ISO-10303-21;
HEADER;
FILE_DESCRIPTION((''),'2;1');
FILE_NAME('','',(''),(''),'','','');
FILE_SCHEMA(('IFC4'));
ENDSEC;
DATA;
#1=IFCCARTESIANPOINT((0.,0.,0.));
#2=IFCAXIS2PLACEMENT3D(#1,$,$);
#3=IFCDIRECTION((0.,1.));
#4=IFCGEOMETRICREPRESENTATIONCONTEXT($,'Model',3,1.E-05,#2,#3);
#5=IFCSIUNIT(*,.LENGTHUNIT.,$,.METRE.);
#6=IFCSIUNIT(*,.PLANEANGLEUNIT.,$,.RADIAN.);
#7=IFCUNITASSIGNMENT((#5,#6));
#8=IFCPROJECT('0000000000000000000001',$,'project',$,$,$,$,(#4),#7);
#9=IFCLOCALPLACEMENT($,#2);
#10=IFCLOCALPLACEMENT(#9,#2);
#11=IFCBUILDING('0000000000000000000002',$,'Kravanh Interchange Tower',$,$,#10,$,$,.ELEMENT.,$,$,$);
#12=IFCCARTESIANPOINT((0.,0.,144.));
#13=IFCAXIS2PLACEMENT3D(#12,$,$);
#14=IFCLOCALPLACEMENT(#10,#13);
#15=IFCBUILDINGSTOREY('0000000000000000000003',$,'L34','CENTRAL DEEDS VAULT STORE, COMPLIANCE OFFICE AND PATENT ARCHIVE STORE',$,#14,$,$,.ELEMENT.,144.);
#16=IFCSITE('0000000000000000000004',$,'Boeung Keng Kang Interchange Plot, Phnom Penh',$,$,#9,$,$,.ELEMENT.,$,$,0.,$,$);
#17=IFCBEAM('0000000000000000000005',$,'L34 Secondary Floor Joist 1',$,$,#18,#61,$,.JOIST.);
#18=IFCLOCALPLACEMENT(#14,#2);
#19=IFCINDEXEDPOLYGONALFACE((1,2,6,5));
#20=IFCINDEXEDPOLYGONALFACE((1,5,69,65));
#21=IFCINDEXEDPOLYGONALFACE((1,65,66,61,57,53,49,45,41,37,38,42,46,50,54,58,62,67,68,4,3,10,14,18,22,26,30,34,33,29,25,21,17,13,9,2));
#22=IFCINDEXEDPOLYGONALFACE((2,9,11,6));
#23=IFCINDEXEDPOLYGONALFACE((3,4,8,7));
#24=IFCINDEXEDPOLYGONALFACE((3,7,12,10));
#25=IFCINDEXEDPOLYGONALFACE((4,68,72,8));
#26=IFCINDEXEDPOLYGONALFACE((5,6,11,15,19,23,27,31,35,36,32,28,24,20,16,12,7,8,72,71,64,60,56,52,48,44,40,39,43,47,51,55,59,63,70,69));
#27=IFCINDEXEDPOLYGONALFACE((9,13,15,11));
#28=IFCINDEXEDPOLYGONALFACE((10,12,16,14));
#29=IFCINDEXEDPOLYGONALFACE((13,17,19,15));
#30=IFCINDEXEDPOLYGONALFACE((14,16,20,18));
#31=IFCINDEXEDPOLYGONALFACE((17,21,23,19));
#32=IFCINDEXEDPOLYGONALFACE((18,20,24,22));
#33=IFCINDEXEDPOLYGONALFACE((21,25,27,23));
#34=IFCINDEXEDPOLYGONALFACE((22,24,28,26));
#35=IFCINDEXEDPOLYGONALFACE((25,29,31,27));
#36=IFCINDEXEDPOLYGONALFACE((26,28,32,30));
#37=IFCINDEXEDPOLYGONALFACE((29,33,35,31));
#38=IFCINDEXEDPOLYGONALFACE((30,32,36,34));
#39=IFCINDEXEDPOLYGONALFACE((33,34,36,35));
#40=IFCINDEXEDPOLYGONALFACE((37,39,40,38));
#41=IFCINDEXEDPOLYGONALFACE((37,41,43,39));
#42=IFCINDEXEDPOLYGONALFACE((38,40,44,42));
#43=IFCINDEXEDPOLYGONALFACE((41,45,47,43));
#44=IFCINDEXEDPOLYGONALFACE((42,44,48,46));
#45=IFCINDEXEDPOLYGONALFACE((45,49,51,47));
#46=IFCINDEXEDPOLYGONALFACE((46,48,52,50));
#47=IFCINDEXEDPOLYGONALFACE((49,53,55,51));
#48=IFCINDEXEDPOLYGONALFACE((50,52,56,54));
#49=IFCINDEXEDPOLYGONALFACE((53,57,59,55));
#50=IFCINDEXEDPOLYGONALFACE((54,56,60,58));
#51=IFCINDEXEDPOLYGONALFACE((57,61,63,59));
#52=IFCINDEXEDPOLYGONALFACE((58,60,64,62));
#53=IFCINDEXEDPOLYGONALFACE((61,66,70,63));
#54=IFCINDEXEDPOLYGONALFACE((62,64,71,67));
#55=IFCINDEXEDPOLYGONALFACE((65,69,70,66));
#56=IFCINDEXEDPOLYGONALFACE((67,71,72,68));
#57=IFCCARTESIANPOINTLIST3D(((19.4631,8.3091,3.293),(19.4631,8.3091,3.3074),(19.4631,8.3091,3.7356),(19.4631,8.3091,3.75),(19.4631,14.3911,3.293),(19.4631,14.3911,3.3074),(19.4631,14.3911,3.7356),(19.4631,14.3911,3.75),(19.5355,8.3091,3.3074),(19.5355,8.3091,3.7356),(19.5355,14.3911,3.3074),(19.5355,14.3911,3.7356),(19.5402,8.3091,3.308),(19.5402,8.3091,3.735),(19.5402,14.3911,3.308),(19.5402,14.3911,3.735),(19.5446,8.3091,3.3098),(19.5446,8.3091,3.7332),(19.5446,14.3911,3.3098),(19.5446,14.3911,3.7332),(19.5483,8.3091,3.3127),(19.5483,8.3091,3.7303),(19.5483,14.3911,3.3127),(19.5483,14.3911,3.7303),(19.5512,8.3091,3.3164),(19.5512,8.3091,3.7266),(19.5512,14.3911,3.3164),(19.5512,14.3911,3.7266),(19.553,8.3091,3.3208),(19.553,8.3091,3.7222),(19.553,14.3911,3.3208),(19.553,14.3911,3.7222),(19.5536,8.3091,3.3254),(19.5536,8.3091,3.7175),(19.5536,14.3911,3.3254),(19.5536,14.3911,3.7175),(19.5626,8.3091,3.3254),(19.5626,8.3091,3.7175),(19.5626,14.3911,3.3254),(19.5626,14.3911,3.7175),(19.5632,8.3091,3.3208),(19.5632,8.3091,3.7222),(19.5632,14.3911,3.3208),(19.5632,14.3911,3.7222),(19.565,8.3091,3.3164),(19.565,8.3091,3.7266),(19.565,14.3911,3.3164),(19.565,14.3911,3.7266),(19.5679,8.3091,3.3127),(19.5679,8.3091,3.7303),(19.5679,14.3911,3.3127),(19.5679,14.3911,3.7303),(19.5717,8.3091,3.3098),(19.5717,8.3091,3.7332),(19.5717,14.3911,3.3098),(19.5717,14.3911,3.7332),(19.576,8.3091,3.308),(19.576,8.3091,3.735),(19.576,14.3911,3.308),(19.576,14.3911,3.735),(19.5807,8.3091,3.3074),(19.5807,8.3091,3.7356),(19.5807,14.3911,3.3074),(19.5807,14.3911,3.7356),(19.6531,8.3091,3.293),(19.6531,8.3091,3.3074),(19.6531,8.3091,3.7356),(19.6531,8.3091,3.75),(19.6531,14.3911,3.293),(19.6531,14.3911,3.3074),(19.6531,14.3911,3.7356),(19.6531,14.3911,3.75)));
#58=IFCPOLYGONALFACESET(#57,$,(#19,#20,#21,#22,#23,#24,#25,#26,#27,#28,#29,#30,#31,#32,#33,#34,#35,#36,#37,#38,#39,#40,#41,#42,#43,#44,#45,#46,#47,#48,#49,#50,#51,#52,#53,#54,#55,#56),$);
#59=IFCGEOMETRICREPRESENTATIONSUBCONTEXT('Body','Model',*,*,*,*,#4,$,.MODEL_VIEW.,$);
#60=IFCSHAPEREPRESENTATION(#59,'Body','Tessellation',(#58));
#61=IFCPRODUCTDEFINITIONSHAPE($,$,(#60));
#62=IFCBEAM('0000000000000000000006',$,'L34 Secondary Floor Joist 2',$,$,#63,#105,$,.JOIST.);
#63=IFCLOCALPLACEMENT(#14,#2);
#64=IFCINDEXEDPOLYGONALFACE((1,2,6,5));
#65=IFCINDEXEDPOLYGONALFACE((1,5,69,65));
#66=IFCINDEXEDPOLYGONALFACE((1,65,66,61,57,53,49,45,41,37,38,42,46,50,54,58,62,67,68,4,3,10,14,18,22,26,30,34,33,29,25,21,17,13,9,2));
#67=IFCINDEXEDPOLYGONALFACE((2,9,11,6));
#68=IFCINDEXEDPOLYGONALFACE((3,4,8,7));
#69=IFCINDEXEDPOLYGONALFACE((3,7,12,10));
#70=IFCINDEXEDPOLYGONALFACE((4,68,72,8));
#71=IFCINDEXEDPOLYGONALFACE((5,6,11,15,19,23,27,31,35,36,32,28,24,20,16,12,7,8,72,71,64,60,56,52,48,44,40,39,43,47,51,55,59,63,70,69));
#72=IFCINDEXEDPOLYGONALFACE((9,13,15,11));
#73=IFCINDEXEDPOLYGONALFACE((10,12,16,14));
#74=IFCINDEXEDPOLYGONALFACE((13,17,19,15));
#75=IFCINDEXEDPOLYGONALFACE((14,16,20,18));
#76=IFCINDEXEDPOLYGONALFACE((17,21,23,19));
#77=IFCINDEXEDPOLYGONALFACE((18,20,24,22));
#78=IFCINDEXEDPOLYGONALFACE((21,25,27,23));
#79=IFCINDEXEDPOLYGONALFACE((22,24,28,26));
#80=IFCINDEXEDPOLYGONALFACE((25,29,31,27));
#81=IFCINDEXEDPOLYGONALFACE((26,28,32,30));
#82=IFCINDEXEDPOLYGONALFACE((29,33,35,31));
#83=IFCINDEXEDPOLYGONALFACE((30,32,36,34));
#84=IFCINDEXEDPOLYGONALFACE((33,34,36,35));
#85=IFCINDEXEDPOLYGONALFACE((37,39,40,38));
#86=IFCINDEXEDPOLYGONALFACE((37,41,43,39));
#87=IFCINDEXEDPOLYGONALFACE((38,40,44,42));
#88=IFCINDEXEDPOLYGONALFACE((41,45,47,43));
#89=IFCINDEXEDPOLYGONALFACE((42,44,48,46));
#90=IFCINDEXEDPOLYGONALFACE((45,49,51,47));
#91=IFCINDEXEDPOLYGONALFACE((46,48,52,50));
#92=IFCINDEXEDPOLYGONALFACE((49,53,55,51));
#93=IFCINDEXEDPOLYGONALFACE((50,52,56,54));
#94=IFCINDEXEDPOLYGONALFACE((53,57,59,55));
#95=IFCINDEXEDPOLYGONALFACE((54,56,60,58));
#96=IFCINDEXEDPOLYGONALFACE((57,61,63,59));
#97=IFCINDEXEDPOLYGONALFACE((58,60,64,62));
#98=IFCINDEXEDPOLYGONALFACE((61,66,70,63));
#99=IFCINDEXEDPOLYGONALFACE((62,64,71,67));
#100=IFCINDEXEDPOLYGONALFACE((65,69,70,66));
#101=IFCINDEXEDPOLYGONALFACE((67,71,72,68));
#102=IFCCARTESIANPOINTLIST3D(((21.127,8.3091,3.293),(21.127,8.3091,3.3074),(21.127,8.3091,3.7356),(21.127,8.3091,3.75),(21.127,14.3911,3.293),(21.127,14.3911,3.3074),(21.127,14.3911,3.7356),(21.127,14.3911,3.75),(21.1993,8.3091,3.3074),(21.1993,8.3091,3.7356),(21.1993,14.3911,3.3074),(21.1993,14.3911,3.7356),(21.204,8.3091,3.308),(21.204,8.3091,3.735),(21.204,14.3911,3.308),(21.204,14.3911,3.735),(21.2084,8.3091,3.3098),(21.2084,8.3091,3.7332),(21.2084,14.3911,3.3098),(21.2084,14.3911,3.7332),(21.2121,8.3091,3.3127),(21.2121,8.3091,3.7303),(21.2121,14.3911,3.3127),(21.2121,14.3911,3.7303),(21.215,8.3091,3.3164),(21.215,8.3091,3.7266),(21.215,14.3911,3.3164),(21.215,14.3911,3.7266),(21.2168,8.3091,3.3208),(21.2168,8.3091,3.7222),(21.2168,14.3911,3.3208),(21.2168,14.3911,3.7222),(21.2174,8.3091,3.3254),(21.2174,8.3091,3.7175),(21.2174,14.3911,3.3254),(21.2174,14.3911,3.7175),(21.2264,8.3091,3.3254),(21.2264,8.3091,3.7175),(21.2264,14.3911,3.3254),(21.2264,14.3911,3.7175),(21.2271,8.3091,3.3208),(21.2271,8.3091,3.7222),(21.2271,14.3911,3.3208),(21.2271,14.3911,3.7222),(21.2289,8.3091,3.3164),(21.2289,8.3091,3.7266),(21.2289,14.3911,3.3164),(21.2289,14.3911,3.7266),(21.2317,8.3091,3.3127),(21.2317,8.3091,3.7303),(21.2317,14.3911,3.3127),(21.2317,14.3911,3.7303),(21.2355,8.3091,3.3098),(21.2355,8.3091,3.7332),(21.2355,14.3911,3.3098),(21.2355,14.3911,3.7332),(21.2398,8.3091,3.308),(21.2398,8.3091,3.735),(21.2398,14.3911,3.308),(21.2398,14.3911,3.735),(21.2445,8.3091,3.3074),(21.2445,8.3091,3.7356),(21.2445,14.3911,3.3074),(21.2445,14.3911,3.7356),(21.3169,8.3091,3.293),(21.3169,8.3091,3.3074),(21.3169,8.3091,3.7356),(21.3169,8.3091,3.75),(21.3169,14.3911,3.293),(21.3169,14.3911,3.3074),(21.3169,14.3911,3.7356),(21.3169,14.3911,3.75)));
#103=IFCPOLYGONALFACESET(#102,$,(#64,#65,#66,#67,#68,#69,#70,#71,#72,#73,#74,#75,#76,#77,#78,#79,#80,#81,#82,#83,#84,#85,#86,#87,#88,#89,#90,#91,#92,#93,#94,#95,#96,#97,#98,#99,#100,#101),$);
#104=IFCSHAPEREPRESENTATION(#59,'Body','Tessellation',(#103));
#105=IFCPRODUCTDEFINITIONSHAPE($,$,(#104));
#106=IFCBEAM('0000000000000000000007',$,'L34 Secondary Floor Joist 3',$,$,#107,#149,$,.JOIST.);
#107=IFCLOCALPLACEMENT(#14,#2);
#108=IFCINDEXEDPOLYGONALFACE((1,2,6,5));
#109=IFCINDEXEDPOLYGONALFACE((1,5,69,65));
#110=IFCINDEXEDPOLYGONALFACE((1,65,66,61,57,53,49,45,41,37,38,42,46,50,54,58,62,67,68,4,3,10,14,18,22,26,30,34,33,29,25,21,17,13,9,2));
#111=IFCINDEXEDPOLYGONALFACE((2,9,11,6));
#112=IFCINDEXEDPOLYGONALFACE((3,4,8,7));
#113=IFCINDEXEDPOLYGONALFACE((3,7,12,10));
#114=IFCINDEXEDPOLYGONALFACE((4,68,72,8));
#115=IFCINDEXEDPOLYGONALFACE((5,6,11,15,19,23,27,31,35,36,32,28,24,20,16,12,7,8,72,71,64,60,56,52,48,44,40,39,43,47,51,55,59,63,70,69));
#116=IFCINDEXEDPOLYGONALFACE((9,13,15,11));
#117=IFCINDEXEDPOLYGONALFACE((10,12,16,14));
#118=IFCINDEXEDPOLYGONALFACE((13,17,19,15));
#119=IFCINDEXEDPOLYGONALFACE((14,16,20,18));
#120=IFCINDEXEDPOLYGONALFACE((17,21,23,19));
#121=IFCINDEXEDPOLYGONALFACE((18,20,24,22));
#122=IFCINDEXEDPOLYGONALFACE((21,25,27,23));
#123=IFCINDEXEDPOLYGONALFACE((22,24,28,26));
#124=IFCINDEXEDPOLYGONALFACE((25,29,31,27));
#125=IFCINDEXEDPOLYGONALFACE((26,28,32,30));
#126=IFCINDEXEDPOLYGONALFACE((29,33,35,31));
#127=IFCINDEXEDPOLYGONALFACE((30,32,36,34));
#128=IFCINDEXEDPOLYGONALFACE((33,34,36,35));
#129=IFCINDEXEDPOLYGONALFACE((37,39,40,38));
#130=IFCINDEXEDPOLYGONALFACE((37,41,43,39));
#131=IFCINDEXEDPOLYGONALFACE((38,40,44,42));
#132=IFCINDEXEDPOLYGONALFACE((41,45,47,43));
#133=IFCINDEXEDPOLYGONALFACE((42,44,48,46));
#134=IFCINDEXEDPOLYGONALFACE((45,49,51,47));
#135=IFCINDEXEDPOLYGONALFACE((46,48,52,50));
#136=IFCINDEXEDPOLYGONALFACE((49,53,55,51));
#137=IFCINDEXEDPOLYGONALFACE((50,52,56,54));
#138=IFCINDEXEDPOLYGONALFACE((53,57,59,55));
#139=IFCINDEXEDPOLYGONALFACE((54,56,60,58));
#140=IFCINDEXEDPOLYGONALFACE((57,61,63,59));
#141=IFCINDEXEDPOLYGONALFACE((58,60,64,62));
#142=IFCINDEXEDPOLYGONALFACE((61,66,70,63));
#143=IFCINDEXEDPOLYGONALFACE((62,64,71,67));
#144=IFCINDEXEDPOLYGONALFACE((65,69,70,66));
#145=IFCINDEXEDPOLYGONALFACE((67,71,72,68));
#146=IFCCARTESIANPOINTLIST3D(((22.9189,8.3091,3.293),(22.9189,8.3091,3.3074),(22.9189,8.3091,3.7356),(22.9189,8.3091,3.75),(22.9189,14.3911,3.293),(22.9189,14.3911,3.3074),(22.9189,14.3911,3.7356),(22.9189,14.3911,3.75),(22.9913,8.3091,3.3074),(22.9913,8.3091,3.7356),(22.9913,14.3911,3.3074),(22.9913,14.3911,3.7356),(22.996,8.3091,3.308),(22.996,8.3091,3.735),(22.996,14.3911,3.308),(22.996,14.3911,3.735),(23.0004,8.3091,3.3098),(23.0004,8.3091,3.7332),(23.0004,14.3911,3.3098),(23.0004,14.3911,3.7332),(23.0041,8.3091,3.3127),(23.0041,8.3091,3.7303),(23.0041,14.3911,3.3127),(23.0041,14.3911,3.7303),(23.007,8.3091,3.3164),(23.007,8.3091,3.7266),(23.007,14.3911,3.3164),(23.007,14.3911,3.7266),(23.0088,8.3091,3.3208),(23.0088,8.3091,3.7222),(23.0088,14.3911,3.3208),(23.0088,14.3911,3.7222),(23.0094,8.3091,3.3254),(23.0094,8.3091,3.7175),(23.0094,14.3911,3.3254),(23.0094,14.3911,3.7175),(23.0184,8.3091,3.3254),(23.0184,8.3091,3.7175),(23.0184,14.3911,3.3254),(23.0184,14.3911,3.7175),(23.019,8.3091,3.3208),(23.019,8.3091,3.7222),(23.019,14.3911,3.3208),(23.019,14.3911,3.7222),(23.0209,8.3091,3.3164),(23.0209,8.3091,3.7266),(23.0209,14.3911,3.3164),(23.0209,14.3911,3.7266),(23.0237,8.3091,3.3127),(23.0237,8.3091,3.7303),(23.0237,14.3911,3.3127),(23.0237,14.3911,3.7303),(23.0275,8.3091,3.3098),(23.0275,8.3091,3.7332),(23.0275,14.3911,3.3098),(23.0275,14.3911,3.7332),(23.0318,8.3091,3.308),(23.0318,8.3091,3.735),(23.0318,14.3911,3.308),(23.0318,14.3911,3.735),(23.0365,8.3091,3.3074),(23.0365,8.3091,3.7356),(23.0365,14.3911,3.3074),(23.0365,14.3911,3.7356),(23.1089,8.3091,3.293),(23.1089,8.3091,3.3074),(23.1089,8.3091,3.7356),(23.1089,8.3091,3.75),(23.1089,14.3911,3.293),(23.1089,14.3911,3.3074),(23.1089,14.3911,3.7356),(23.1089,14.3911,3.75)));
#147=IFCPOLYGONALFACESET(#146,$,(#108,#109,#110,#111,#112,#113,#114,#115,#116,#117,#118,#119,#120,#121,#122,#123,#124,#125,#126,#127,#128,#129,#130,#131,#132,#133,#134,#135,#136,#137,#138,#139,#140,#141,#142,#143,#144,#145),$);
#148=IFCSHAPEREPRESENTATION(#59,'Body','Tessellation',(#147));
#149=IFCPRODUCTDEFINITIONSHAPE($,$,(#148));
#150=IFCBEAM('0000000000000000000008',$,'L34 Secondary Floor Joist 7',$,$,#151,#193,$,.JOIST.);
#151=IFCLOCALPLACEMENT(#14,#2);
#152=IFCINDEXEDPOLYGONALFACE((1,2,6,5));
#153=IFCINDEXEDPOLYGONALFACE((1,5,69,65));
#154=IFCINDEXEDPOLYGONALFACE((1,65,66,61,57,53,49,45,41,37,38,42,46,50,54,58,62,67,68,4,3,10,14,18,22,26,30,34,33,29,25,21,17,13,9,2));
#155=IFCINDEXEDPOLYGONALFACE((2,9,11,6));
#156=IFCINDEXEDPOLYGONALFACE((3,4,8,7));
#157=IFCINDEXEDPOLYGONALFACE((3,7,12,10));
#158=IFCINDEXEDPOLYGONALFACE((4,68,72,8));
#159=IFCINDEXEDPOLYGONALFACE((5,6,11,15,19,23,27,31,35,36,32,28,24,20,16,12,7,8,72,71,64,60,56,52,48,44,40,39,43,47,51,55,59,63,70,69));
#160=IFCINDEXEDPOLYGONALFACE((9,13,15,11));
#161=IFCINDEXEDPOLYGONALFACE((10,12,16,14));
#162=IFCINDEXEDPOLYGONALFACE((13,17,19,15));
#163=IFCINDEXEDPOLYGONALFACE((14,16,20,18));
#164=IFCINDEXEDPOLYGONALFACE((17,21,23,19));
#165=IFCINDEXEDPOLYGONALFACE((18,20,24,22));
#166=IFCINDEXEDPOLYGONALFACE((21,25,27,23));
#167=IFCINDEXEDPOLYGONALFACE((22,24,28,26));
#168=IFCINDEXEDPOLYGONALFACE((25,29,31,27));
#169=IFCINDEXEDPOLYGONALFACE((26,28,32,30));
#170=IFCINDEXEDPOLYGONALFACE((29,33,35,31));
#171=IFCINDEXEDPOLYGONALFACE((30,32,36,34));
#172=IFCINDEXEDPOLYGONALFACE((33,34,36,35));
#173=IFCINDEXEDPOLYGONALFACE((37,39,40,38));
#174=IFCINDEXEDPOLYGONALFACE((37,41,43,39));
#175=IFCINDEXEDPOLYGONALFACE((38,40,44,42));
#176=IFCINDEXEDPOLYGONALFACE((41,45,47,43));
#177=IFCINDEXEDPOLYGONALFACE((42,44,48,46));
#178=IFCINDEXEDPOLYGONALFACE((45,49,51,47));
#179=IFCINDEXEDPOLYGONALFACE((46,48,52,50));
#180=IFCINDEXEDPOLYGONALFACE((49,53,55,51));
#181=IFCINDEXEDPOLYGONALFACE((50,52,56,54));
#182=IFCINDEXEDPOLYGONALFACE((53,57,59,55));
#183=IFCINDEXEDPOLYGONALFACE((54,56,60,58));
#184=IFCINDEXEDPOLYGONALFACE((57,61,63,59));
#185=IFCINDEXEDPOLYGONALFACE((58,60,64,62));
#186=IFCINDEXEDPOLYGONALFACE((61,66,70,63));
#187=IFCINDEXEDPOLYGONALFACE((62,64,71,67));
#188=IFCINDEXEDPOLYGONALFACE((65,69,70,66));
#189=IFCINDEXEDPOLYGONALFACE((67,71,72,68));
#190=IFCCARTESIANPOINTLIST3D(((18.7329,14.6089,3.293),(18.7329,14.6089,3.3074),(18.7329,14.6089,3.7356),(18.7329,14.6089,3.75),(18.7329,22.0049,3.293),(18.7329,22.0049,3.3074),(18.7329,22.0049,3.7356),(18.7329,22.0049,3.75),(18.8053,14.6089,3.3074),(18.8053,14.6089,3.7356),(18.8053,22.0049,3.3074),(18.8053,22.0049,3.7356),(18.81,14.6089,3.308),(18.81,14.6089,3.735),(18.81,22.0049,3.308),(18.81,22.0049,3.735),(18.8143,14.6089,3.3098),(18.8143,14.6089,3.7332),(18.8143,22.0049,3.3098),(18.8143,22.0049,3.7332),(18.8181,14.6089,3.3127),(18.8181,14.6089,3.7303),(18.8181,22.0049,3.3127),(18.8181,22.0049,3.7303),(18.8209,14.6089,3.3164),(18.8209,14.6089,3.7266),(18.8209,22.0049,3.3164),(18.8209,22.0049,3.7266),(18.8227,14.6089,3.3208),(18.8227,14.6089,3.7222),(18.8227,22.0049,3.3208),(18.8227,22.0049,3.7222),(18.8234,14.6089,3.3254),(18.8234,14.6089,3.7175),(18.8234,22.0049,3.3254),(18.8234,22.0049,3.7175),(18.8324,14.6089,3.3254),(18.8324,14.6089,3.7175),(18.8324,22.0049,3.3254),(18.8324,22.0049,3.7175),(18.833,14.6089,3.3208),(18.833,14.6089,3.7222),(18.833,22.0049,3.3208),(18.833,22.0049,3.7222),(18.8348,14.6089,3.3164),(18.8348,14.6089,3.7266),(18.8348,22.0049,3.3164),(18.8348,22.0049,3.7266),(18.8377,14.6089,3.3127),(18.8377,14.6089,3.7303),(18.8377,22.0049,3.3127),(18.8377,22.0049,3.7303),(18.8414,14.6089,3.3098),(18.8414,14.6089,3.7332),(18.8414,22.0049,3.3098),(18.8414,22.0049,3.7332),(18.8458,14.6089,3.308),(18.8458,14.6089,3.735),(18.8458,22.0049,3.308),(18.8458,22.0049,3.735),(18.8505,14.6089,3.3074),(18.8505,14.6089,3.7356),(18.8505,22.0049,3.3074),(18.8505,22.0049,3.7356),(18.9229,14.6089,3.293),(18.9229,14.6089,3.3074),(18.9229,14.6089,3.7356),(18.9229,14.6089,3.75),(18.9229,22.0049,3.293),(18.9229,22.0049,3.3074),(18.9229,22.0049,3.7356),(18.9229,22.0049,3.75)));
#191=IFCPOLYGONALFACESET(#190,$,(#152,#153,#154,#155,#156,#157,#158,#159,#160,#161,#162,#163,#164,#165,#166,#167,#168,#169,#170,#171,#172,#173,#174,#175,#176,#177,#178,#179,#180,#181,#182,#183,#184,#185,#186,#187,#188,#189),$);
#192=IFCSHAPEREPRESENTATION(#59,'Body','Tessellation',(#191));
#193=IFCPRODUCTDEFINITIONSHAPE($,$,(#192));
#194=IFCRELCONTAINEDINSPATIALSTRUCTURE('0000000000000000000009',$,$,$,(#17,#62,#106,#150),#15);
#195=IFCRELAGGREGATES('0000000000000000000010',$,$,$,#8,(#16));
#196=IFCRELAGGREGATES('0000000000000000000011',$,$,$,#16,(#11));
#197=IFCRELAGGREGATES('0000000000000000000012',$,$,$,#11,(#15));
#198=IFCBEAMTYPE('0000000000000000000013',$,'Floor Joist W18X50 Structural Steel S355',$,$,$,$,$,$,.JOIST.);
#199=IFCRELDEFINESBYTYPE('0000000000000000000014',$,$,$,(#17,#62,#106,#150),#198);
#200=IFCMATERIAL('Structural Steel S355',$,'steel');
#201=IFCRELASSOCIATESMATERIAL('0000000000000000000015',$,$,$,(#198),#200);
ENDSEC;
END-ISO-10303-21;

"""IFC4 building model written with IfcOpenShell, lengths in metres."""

from ifc_helpers import new_model, si_unit, direction, frame, origin, origin_2d, place, context, subcontext, project, spatial, i_section, extrude, material, material_profile, profile_set, type_object, element, save


model = new_model("IFC4")

# Units and contexts
model_context = context("Model", 3, precision=1e-05, world=origin(), true_north=direction((0.0, 1.0)))
body_context = subcontext(model_context, "Body", "Model", "MODEL_VIEW")
ifc_project = project(units=[si_unit("LENGTHUNIT", "METRE"), si_unit("PLANEANGLEUNIT", "RADIAN")], contexts=[model_context])

# Site, building, storey
site_placement = place(None, origin())
site = spatial("IfcSite", under=ifc_project, at=site_placement, Name="Boeung Keng Kang Interchange Plot, Phnom Penh", CompositionType="ELEMENT", RefElevation=0.0)
building_placement = place(site_placement, origin())
building = spatial("IfcBuilding", under=site, at=building_placement, Name="Kravanh Interchange Tower", CompositionType="ELEMENT")
storey_placement = place(building_placement, frame((0.0, 0.0, 144.0)))
storey = spatial("IfcBuildingStorey", under=building, at=storey_placement, Name="L34", Description="CENTRAL DEEDS VAULT STORE, COMPLIANCE OFFICE AND PATENT ARCHIVE STORE", CompositionType="ELEMENT", Elevation=144.0)

# Beams
ifc_material_1 = material(Name="Structural Steel S355", Category="steel")
ifc_material_profile_1 = material_profile(ifc_material_1, i_section(OverallWidth=0.1899, OverallDepth=0.457, WebThickness=0.009, FlangeThickness=0.0144, FilletRadius=0.0181, at=origin_2d()), Name="W18X50")
ifc_profile_set_1 = profile_set([ifc_material_profile_1], Name="Structural Steel S355")
beam_type_1 = type_object("IfcBeamType", Name="Floor Joist W18X50 Structural Steel S355", PredefinedType="JOIST", material=ifc_profile_set_1)
for number, where, z_axis, x_axis, name in (
    (1, (19.5581, 8.3091, 3.5215), (0.0, 1.0, 0.0), (-1.0, 0.0, 0.0), "L34 Secondary Floor Joist 1"),
    (2, (21.2219, 8.3091, 3.5215), (0.0, 1.0, 0.0), (-1.0, 0.0, 0.0), "L34 Secondary Floor Joist 2"),
    (3, (23.0139, 8.3091, 3.5215), (0.0, 1.0, 0.0), (-1.0, 0.0, 0.0), "L34 Secondary Floor Joist 3"),
):
    element("IfcBeam", number, at=place(storey_placement, frame(where, z_axis=z_axis, x_axis=x_axis)), inside=storey, type_object=beam_type_1, Name=name, PredefinedType="JOIST", context=body_context, shape_type="SweptSolid", body=[
        extrude(i_section(OverallWidth=0.1899, OverallDepth=0.457, WebThickness=0.009, FlangeThickness=0.0144, FilletRadius=0.0181, at=origin_2d()), origin(), (0.0, 0.0, 1.0), 6.082),
    ])
for number, where, z_axis, x_axis, name in (
    (4, (18.8279, 14.6089, 3.5215), (0.0, 1.0, 0.0), (-1.0, 0.0, 0.0), "L34 Secondary Floor Joist 7"),
):
    element("IfcBeam", number, at=place(storey_placement, frame(where, z_axis=z_axis, x_axis=x_axis)), inside=storey, type_object=beam_type_1, Name=name, PredefinedType="JOIST", context=body_context, shape_type="SweptSolid", body=[
        extrude(i_section(OverallWidth=0.1899, OverallDepth=0.457, WebThickness=0.009, FlangeThickness=0.0144, FilletRadius=0.0181, at=origin_2d()), origin(), (0.0, 0.0, 1.0), 7.396),
    ])

save(model, "model.ifc")
